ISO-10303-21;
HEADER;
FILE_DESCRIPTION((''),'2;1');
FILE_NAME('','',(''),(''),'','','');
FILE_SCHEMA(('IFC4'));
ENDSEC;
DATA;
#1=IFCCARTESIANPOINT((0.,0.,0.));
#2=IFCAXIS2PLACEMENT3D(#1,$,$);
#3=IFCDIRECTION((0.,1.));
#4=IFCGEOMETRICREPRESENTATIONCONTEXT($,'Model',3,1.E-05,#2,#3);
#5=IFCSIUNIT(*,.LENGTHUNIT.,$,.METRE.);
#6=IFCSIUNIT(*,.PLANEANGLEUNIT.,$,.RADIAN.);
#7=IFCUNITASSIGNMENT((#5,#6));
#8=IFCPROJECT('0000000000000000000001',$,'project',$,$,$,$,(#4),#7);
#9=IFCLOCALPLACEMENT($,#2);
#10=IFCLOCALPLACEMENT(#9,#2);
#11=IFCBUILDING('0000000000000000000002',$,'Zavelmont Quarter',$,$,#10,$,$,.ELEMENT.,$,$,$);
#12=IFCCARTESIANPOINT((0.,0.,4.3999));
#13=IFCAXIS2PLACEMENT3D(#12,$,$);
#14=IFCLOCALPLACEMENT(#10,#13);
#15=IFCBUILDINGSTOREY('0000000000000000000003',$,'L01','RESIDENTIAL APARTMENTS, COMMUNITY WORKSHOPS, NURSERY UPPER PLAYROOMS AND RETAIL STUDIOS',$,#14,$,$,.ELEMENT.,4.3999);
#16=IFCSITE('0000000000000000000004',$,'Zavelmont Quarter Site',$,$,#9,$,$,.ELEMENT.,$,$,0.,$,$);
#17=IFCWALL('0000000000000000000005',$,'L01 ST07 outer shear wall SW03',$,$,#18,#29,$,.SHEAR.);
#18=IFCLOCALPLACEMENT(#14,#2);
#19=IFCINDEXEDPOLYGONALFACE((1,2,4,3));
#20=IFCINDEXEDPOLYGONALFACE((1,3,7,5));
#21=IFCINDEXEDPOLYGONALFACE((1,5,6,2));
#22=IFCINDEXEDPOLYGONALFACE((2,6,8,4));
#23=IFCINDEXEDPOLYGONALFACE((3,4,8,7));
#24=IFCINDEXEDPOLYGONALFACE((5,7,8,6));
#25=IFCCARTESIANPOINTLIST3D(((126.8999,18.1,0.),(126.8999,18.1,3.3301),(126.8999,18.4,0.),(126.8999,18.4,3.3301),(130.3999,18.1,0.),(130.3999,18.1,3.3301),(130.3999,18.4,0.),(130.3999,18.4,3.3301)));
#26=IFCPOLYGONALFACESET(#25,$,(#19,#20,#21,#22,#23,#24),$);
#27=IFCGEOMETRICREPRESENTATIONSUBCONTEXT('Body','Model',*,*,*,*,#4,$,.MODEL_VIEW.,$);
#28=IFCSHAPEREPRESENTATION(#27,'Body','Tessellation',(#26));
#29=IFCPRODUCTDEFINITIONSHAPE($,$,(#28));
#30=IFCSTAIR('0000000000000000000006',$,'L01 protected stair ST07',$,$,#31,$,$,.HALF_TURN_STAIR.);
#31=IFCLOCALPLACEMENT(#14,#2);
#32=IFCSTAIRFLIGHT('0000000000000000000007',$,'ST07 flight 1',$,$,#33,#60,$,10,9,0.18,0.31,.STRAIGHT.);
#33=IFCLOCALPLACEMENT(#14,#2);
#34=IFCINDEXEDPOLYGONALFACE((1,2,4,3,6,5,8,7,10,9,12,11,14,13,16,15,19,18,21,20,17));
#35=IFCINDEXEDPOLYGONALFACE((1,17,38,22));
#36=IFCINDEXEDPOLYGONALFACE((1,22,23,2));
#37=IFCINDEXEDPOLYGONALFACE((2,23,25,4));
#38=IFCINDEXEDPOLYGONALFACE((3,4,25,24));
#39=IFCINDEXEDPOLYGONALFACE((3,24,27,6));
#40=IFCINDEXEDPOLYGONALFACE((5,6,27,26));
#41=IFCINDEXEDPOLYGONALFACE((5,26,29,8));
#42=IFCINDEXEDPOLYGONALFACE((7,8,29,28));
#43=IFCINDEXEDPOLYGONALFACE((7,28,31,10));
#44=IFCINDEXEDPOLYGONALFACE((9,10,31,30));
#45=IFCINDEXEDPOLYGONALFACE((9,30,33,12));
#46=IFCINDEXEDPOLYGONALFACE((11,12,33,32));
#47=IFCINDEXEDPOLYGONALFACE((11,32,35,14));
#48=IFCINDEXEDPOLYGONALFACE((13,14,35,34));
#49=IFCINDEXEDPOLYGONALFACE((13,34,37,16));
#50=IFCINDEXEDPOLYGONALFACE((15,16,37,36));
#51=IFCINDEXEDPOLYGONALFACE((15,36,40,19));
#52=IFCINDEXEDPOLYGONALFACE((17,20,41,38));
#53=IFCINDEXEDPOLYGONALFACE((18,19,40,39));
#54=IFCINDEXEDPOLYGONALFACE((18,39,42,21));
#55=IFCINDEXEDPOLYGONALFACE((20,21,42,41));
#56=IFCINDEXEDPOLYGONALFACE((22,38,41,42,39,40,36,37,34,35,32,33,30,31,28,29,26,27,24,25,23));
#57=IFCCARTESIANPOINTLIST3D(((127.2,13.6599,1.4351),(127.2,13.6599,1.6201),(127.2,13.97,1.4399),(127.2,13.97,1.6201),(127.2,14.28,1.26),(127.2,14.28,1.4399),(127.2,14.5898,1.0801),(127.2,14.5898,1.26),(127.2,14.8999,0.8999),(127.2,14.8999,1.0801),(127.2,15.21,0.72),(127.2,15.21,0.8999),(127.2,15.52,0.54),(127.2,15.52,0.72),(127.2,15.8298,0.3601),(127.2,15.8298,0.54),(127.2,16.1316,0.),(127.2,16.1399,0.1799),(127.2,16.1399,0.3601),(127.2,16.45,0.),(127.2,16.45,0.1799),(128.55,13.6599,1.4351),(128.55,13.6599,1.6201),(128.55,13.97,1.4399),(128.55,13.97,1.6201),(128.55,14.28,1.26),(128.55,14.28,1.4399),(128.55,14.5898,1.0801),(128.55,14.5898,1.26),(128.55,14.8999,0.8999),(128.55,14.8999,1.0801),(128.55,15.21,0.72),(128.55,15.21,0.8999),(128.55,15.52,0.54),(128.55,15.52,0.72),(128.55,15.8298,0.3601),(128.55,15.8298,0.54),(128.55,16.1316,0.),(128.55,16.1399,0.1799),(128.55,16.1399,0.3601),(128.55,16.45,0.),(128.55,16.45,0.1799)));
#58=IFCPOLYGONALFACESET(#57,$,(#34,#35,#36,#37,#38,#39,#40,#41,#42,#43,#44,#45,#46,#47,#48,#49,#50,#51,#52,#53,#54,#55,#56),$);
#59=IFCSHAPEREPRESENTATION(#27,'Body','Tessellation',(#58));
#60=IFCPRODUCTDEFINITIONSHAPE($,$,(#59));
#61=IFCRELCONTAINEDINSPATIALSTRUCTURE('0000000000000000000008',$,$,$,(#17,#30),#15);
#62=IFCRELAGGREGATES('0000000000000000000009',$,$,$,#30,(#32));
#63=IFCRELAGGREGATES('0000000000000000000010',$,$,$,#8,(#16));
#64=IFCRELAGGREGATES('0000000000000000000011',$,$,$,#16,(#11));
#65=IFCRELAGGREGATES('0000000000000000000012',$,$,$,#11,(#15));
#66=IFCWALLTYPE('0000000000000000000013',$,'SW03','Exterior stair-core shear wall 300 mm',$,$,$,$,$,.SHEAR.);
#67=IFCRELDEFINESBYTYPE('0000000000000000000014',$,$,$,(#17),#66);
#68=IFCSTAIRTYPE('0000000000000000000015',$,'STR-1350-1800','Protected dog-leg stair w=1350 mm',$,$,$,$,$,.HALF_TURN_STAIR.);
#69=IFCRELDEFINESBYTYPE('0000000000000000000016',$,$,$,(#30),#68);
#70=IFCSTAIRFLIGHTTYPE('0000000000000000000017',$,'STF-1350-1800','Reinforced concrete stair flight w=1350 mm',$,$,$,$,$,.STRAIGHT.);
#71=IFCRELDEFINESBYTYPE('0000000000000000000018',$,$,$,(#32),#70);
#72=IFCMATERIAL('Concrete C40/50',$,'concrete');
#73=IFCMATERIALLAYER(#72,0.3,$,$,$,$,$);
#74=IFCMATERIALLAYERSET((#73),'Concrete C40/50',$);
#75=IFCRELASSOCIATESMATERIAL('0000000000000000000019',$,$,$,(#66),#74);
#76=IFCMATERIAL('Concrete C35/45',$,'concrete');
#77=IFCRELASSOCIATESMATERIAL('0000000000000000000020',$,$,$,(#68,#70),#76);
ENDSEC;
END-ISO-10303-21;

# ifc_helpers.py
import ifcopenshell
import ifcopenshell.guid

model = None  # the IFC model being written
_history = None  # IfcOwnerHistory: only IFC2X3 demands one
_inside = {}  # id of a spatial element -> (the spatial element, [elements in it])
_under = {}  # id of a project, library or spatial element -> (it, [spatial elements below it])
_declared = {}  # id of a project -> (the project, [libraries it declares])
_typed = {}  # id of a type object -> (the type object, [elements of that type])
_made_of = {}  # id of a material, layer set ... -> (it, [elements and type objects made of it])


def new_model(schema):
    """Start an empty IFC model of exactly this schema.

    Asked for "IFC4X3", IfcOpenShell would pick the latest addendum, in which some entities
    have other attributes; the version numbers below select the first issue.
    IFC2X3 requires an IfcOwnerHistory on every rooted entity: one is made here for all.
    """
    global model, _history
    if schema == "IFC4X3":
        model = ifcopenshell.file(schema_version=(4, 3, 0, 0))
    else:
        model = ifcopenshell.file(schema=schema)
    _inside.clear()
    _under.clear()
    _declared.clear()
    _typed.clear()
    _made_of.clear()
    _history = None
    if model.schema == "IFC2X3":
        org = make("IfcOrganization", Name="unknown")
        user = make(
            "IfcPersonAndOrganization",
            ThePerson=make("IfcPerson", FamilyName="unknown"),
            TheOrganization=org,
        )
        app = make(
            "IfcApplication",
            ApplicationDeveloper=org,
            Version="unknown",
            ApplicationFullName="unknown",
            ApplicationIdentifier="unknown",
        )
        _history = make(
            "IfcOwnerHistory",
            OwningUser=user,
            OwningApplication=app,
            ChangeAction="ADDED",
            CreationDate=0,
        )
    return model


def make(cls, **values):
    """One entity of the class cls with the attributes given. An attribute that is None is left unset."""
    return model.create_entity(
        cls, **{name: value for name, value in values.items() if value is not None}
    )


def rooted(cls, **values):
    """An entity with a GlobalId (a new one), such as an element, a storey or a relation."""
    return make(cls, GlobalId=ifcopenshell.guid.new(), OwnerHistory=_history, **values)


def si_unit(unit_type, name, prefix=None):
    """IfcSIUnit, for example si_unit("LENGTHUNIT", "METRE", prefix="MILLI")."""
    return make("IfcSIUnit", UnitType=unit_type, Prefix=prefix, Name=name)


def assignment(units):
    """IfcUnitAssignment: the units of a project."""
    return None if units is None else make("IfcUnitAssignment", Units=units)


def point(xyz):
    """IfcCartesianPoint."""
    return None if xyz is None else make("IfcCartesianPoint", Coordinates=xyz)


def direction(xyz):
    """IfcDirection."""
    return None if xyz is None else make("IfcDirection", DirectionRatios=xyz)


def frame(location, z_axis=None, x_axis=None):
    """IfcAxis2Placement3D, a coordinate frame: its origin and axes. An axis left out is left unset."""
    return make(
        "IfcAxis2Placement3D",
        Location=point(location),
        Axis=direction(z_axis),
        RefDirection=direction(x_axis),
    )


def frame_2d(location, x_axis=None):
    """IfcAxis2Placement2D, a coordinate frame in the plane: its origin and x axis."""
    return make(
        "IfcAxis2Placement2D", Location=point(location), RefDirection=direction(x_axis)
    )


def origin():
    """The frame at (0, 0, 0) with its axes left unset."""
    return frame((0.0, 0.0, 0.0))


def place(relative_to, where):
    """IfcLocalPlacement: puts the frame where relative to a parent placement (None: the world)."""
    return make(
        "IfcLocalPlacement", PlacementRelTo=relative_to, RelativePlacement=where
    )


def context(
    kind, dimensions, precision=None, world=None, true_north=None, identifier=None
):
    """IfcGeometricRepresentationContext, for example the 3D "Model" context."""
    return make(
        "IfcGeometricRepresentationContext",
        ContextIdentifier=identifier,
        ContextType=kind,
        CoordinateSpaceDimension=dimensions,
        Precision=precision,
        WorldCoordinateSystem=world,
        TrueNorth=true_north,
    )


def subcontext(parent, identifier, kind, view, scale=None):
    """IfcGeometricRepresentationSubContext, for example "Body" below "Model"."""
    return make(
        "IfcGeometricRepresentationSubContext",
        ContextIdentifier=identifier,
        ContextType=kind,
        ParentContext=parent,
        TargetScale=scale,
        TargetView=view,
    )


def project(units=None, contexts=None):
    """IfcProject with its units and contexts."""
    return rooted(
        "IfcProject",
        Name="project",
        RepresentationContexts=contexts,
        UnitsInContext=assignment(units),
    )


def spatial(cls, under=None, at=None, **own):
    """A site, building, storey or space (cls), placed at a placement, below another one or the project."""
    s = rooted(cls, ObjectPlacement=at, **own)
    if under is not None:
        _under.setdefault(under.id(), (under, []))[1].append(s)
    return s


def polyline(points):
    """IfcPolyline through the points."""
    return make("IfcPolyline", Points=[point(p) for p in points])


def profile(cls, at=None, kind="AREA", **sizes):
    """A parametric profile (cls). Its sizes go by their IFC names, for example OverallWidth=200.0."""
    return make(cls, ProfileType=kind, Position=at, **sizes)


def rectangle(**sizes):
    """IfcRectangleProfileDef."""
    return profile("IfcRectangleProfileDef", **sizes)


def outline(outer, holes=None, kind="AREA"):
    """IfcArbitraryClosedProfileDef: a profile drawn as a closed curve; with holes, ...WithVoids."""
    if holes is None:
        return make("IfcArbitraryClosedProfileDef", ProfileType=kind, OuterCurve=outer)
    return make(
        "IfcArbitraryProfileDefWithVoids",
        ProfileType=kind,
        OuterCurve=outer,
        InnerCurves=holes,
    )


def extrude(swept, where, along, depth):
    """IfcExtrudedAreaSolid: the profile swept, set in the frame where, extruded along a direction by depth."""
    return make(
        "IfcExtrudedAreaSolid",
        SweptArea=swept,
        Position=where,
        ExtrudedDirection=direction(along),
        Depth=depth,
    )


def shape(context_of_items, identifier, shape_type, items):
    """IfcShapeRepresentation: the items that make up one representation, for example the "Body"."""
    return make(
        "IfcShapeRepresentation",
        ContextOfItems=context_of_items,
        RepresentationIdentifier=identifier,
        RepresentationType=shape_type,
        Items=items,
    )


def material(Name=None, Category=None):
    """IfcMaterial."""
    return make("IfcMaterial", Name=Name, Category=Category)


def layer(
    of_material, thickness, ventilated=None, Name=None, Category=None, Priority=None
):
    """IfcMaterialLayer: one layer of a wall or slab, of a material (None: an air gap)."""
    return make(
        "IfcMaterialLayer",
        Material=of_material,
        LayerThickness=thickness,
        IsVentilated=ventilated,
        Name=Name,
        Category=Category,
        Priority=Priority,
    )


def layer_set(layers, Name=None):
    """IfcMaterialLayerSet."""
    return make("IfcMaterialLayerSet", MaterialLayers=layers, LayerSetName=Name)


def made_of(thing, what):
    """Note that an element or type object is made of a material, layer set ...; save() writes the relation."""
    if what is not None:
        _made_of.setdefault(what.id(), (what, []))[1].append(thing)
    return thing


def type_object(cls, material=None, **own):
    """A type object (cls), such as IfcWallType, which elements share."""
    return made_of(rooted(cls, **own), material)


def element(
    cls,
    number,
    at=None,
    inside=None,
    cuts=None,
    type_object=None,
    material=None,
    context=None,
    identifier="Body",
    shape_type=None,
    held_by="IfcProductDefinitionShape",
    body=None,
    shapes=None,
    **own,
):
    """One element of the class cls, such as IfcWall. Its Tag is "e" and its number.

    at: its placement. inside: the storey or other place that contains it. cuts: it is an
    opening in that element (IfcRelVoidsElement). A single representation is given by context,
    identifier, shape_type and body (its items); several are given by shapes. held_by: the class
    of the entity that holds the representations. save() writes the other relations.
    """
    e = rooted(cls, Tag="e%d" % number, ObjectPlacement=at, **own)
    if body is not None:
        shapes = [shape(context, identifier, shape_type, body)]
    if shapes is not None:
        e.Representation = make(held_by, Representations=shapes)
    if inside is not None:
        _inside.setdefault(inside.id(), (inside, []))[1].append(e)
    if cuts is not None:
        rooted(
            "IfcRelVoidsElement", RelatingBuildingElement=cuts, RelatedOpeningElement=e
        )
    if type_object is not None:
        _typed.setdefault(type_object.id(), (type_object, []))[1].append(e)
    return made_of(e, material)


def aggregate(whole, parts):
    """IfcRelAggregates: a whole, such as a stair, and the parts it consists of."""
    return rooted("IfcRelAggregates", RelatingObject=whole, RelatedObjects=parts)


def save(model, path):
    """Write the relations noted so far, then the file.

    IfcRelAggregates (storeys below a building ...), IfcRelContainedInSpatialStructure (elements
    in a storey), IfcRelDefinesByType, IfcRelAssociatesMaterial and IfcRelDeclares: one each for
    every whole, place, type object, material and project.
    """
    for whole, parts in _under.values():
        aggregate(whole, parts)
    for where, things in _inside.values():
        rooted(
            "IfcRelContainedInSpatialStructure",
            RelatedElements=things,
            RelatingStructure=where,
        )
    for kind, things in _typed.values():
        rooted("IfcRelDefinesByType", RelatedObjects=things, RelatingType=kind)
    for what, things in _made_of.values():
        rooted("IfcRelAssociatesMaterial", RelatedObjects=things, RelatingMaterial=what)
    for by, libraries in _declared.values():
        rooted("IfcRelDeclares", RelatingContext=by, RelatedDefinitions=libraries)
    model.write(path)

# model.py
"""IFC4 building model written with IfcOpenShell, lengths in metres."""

from ifc_helpers import new_model, si_unit, direction, frame, frame_2d, origin, place, context, subcontext, project, spatial, polyline, rectangle, outline, extrude, material, layer, layer_set, type_object, element, aggregate, save


model = new_model("IFC4")

# Units and contexts
model_context = context("Model", 3, precision=1e-05, world=origin(), true_north=direction((0.0, 1.0)))
body_context = subcontext(model_context, "Body", "Model", "MODEL_VIEW")
ifc_project = project(units=[si_unit("LENGTHUNIT", "METRE"), si_unit("PLANEANGLEUNIT", "RADIAN")], contexts=[model_context])

# Site, building, storey
site_placement = place(None, origin())
site = spatial("IfcSite", under=ifc_project, at=site_placement, Name="Zavelmont Quarter Site", CompositionType="ELEMENT", RefElevation=0.0)
building_placement = place(site_placement, origin())
building = spatial("IfcBuilding", under=site, at=building_placement, Name="Zavelmont Quarter", CompositionType="ELEMENT")
storey_placement = place(building_placement, frame((0.0, 0.0, 4.3999)))
storey = spatial("IfcBuildingStorey", under=building, at=storey_placement, Name="L01", Description="RESIDENTIAL APARTMENTS, COMMUNITY WORKSHOPS, NURSERY UPPER PLAYROOMS AND RETAIL STUDIOS", CompositionType="ELEMENT", Elevation=4.3999)

# Shared definitions
ifc_material_1 = material(Name="Concrete C40/50", Category="concrete")

# Shared definitions
ifc_material_2 = material(Name="Concrete C35/45", Category="concrete")

# Wall
ifc_layer_1 = layer(ifc_material_1, 0.3)
ifc_layer_set_1 = layer_set([ifc_layer_1], Name="Concrete C40/50")
wall_type_1 = type_object("IfcWallType", Name="SW03", Description="Exterior stair-core shear wall 300 mm", PredefinedType="SHEAR", material=ifc_layer_set_1)
wall_1_placement = place(storey_placement, frame((126.8999, 18.25, 0.0), z_axis=(0.0, 0.0, 1.0), x_axis=(1.0, 0.0, 0.0)))
element("IfcWall", 1, at=wall_1_placement, inside=storey, type_object=wall_type_1, Name="L01 ST07 outer shear wall SW03", PredefinedType="SHEAR", context=body_context, shape_type="SweptSolid", body=[
    extrude(rectangle(XDim=3.5, YDim=0.3, at=frame_2d((1.75, 0.0))), origin(), (0.0, 0.0, 1.0), 3.3301),
])

# Stair, stair flight
stair_type = type_object("IfcStairType", Name="STR-1350-1800", Description="Protected dog-leg stair w=1350 mm", PredefinedType="HALF_TURN_STAIR", material=ifc_material_2)
stair_placement = place(storey_placement, origin())
stair = element("IfcStair", 2, at=stair_placement, inside=storey, type_object=stair_type, Name="L01 protected stair ST07", PredefinedType="HALF_TURN_STAIR")
stair_flight_type = type_object("IfcStairFlightType", Name="STF-1350-1800", Description="Reinforced concrete stair flight w=1350 mm", PredefinedType="STRAIGHT", material=ifc_material_2)
stair_flight_placement = place(storey_placement, frame((127.875, 16.45, 0.0), z_axis=(0.0, 0.0, 1.0), x_axis=(0.0, -1.0, 0.0)))
stair_flight = element("IfcStairFlight", 3, at=stair_flight_placement, type_object=stair_flight_type, Name="ST07 flight 1", NumberOfRisers=10, NumberOfTreads=9, PredefinedType="STRAIGHT", RiserHeight=0.18, TreadLength=0.31, context=body_context, shape_type="SweptSolid", body=[
    extrude(outline(polyline([(0.0, 0.0), (0.0, 0.1799), (0.3101, 0.1799), (0.3101, 0.3601), (0.6201, 0.3601), (0.6201, 0.54), (0.9299, 0.54), (0.9299, 0.72), (1.24, 0.72), (1.24, 0.8999), (1.55, 0.8999), (1.55, 1.0801), (1.8601, 1.0801), (1.8601, 1.26), (2.1699, 1.26), (2.1699, 1.4399), (2.48, 1.4399), (2.48, 1.6201), (2.79, 1.6201), (2.79, 1.8), (2.79, 1.4351), (0.3184, 0.0), (0.0, 0.0)])), frame((0.0, 0.675, 0.0), z_axis=(0.0, -1.0, 0.0), x_axis=(1.0, 0.0, 0.0)), (0.0, 0.0, 1.0), 1.3501),
])
aggregate(stair, [stair_flight])

save(model, "model.ifc")
